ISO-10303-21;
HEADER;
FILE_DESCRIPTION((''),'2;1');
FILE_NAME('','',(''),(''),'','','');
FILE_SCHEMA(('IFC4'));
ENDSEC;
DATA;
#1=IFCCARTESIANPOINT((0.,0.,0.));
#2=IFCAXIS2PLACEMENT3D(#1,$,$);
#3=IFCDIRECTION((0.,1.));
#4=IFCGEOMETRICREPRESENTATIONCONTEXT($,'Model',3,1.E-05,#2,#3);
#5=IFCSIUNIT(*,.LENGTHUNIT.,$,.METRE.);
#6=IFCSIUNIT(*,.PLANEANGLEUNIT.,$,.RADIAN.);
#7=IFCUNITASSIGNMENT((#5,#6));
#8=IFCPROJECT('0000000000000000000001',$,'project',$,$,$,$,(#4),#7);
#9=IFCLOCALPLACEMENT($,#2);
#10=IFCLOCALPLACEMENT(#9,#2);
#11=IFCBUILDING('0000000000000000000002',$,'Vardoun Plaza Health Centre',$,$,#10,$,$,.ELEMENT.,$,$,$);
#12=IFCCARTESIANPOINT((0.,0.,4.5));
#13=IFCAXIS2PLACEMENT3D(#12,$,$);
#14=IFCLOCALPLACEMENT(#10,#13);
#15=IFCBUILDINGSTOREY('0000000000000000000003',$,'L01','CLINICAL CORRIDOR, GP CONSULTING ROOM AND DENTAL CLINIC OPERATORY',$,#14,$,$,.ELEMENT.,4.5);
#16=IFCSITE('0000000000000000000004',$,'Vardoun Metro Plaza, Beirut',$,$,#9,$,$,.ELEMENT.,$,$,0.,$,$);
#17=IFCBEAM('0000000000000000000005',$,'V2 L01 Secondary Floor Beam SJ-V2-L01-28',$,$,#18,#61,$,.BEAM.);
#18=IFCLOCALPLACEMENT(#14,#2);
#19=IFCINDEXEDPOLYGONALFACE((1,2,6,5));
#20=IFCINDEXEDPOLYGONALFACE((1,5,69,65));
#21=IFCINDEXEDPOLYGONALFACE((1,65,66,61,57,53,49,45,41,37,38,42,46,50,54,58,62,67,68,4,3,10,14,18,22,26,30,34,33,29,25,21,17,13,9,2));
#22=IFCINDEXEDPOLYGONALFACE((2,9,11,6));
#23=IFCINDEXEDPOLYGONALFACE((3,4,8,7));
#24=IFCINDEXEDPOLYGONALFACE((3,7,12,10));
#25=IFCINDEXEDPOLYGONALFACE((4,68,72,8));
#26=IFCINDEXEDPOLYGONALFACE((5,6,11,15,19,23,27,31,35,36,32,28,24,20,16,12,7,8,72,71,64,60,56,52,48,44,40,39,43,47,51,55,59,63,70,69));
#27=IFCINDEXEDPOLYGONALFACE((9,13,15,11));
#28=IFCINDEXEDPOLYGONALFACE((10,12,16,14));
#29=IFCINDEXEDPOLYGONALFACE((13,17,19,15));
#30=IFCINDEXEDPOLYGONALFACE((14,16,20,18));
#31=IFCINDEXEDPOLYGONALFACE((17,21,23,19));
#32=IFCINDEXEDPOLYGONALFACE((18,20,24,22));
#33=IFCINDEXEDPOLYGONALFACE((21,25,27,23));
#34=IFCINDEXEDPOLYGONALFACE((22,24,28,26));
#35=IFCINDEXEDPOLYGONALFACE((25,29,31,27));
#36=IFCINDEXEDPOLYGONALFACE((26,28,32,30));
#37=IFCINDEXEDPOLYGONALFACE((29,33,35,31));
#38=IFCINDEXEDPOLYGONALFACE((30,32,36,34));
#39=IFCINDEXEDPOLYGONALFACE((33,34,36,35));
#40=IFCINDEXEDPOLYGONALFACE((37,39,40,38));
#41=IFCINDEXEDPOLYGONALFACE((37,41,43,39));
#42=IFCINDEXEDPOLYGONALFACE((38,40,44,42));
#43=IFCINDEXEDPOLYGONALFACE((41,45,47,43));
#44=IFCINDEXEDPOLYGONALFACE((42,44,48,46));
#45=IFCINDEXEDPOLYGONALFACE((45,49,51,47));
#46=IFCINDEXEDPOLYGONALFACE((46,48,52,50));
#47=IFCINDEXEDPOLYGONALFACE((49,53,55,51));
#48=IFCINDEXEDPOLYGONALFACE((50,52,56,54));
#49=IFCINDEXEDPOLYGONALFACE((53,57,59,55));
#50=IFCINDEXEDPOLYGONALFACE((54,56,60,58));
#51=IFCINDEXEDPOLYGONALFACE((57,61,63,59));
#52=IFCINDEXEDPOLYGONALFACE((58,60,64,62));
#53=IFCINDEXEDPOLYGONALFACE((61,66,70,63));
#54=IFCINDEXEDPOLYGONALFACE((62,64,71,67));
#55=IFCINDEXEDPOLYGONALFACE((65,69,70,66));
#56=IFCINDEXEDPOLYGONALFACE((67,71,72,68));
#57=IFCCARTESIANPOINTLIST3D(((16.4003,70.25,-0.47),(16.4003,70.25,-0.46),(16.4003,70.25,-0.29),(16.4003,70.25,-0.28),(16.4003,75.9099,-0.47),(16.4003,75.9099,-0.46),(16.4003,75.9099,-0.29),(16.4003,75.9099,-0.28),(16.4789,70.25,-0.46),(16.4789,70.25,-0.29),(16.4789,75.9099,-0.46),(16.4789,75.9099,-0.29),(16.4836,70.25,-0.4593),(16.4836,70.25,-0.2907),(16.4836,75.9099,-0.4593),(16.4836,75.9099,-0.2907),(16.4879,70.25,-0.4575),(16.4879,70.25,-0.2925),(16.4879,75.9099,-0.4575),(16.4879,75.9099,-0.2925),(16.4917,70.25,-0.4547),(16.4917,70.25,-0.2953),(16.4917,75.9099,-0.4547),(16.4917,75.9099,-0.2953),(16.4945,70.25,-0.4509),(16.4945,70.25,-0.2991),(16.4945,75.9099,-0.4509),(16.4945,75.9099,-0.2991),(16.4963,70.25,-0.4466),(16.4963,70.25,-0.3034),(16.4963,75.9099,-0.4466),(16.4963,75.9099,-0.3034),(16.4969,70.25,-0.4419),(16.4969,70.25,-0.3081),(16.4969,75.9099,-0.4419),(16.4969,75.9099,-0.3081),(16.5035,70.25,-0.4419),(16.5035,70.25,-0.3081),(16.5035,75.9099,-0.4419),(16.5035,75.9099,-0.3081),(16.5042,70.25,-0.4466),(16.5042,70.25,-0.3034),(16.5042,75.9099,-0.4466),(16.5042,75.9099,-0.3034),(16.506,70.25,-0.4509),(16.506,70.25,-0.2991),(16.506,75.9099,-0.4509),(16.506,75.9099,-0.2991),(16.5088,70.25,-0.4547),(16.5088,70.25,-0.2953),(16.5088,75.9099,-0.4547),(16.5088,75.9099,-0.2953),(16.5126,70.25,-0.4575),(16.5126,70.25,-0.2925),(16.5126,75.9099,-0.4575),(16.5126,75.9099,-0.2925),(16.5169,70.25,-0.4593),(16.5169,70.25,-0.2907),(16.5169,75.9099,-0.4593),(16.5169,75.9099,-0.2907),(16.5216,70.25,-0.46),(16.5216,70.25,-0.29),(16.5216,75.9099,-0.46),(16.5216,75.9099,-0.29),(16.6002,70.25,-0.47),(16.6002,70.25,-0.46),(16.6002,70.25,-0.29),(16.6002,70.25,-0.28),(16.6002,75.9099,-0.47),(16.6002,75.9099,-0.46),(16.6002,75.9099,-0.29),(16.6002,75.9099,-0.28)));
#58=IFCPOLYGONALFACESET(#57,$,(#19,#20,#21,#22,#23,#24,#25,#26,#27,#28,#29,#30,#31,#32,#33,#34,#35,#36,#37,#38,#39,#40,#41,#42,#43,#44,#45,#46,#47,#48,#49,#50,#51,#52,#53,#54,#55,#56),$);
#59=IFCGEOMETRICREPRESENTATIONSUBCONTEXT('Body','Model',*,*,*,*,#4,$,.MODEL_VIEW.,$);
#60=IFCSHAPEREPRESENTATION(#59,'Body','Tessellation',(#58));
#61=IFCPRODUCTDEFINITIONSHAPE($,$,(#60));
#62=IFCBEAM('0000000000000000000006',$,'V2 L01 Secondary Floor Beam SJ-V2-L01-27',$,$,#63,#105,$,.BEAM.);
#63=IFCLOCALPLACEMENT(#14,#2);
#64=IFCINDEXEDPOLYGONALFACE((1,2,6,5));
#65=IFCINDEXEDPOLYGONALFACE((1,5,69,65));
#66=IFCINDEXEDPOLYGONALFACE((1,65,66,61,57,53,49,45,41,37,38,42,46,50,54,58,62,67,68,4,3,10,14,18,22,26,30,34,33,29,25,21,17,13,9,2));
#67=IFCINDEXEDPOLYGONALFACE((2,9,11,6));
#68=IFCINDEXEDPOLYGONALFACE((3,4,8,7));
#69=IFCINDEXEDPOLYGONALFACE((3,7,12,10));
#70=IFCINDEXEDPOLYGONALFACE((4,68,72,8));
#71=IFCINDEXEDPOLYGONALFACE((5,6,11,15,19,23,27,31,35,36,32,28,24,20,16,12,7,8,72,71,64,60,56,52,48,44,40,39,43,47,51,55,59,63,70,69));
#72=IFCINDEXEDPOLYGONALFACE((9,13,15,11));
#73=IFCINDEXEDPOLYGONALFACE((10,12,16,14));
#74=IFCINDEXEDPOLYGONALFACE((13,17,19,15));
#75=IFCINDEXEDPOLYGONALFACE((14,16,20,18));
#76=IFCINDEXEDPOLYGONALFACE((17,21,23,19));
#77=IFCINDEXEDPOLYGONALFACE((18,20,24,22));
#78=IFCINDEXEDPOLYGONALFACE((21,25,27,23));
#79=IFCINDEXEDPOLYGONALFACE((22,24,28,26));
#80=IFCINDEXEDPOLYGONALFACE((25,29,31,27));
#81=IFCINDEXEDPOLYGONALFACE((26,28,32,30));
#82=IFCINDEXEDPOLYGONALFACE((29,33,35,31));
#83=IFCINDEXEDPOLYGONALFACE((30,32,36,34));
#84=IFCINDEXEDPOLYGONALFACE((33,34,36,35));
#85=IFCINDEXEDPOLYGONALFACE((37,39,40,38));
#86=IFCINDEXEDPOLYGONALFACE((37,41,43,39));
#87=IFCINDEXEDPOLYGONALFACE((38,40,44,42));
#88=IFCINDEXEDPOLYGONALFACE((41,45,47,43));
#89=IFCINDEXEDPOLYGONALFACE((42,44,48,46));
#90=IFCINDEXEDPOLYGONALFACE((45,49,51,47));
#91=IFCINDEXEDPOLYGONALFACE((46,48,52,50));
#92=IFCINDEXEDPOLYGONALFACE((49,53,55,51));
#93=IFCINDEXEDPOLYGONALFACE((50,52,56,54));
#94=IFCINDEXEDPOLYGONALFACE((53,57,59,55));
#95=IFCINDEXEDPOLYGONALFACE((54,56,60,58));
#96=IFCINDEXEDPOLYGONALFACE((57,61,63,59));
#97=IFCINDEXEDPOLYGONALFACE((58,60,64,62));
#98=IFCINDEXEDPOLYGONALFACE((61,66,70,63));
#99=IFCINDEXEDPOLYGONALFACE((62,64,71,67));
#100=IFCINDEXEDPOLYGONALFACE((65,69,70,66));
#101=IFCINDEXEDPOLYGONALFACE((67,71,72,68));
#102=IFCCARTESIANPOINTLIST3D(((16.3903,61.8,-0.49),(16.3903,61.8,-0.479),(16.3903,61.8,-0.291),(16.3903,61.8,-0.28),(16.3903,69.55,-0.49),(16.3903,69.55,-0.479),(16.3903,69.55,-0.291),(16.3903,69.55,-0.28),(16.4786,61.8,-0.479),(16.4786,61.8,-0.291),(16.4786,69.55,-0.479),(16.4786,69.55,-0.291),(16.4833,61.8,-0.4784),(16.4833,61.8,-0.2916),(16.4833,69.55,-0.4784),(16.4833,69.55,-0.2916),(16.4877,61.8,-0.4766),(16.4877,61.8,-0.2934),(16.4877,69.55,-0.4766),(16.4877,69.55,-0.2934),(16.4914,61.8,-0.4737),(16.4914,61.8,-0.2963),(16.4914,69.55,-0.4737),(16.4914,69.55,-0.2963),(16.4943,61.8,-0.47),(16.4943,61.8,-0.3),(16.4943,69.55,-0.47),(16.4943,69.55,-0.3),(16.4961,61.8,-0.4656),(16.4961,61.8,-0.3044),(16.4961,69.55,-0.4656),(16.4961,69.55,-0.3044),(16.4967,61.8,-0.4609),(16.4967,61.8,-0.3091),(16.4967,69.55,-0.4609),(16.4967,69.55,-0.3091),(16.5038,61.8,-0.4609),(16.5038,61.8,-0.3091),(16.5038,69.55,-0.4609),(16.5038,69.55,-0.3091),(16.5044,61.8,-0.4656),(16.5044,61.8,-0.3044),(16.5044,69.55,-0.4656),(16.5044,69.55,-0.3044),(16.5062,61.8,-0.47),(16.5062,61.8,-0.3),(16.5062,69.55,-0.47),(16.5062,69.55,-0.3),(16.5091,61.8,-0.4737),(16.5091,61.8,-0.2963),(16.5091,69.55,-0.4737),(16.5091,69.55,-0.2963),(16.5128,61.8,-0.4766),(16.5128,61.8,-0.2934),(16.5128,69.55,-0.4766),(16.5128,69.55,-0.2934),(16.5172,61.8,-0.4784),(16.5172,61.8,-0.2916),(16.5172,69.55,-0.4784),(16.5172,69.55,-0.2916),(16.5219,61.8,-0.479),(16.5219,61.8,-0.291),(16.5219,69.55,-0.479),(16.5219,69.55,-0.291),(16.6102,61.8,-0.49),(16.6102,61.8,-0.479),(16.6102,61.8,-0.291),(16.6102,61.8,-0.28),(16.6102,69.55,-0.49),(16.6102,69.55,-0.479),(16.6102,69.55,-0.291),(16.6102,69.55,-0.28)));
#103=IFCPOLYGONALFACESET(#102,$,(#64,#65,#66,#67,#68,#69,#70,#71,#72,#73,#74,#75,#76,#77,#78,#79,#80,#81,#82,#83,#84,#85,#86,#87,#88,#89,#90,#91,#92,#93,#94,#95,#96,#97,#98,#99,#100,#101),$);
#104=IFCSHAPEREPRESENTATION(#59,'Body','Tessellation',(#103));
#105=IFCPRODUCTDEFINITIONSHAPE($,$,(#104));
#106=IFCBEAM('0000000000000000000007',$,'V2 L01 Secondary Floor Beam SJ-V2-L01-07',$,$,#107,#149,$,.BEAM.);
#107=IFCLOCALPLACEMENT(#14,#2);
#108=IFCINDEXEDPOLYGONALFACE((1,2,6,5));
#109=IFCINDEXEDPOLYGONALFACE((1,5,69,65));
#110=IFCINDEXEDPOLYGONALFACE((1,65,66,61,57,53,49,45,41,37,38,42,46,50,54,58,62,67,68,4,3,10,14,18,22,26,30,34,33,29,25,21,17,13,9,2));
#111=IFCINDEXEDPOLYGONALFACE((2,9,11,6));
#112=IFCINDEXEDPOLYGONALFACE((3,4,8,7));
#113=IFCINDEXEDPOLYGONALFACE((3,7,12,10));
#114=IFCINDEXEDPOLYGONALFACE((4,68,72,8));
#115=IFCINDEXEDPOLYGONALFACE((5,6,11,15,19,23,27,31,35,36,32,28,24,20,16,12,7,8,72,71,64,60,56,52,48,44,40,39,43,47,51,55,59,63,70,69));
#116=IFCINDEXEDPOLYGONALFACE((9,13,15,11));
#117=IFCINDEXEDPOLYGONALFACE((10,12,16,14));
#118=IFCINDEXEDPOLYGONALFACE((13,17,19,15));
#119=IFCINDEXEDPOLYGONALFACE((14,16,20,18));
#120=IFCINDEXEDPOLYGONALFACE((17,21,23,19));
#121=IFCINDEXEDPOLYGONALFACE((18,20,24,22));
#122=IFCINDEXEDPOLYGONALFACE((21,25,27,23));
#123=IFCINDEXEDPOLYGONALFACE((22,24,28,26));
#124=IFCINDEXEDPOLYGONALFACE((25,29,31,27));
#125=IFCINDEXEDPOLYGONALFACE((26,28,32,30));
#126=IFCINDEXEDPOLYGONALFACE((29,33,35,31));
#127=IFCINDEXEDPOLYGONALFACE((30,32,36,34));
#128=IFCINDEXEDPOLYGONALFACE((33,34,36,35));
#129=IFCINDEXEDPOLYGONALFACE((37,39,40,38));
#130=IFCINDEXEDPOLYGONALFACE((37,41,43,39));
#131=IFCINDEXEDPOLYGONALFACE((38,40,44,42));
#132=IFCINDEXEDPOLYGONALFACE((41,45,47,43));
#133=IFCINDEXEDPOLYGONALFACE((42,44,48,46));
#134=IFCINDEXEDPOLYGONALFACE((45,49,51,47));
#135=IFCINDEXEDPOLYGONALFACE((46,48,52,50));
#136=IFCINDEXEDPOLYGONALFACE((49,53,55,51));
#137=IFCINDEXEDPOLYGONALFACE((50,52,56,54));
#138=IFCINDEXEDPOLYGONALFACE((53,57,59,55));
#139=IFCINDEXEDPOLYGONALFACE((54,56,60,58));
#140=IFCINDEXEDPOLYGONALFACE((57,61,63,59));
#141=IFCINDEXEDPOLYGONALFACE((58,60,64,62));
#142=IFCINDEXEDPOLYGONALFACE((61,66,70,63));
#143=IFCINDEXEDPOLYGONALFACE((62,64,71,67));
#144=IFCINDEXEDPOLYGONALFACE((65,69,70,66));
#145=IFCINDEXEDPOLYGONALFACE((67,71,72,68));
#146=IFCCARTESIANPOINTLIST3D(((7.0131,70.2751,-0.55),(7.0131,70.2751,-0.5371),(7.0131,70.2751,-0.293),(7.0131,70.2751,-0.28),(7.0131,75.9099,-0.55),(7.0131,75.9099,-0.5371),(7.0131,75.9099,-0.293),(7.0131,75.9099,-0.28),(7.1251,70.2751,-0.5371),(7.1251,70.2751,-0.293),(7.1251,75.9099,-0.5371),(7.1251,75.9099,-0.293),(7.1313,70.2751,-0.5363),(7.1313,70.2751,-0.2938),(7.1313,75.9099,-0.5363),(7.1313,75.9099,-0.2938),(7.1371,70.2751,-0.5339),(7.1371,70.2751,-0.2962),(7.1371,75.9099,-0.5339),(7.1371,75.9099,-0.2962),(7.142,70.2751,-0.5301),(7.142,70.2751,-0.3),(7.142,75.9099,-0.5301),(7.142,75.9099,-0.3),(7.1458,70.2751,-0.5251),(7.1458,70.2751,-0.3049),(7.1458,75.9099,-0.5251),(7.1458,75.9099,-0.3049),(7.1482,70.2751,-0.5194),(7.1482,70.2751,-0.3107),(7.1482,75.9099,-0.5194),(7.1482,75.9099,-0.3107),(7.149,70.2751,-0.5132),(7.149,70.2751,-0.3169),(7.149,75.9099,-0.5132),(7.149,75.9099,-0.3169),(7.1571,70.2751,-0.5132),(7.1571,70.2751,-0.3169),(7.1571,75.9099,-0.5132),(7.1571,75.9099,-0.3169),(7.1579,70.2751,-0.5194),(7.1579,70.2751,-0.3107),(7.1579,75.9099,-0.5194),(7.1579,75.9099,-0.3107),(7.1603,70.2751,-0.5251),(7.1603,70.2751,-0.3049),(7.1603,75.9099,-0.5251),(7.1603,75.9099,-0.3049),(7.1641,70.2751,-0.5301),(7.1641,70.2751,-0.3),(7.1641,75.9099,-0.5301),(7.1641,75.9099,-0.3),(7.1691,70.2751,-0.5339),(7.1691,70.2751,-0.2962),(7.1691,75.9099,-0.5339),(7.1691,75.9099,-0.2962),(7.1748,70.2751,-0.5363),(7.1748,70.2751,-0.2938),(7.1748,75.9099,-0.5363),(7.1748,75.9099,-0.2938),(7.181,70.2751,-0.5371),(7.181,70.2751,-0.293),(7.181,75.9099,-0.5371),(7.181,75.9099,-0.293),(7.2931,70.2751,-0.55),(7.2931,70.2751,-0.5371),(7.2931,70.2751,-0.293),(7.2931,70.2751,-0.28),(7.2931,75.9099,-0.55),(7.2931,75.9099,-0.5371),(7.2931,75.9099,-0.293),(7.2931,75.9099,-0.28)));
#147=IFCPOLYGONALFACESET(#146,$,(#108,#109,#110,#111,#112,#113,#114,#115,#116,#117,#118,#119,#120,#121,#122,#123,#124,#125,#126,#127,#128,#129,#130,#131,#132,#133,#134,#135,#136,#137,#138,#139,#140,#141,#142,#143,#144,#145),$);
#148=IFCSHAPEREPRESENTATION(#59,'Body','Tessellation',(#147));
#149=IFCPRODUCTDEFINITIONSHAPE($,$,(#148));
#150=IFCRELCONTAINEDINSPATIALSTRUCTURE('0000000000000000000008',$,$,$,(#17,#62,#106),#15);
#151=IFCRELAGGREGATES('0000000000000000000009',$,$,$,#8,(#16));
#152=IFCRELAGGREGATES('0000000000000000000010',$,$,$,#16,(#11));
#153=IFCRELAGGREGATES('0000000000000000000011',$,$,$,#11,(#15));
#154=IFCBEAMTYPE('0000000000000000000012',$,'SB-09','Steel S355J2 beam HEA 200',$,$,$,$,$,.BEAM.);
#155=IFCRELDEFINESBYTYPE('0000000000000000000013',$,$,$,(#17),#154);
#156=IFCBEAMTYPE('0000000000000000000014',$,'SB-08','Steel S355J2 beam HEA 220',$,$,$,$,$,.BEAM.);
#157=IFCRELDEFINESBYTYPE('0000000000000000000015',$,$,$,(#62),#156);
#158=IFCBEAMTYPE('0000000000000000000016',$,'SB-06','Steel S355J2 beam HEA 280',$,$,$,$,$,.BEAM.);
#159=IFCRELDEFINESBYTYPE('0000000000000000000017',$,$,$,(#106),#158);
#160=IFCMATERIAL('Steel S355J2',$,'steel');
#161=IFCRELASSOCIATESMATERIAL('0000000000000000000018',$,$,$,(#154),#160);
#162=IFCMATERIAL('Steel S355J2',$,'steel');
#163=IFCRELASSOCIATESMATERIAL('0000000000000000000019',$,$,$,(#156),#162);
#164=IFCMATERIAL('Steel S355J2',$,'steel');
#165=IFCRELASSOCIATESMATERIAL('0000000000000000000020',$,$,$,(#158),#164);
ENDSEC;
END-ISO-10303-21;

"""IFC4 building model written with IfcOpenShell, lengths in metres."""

from ifc_helpers import new_model, si_unit, direction, frame, origin, origin_2d, place, context, subcontext, project, spatial, i_section, extrude, material, material_profile, profile_set, type_object, element, save


model = new_model("IFC4")

# Units and contexts
model_context = context("Model", 3, precision=1e-05, world=origin(), true_north=direction((0.0, 1.0)))
body_context = subcontext(model_context, "Body", "Model", "MODEL_VIEW")
ifc_project = project(units=[si_unit("LENGTHUNIT", "METRE"), si_unit("PLANEANGLEUNIT", "RADIAN")], contexts=[model_context])

# Site, building, storey
site_placement = place(None, origin())
site = spatial("IfcSite", under=ifc_project, at=site_placement, Name="Vardoun Metro Plaza, Beirut", CompositionType="ELEMENT", RefElevation=0.0)
building_placement = place(site_placement, origin())
building = spatial("IfcBuilding", under=site, at=building_placement, Name="Vardoun Plaza Health Centre", CompositionType="ELEMENT")
storey_placement = place(building_placement, frame((0.0, 0.0, 4.5)))
storey = spatial("IfcBuildingStorey", under=building, at=storey_placement, Name="L01", Description="CLINICAL CORRIDOR, GP CONSULTING ROOM AND DENTAL CLINIC OPERATORY", CompositionType="ELEMENT", Elevation=4.5)

# Beams
ifc_material_1 = material(Name="Steel S355J2", Category="steel")
ifc_material_profile_1 = material_profile(ifc_material_1, i_section(OverallWidth=0.2, OverallDepth=0.1899, WebThickness=0.0066, FlangeThickness=0.01, FilletRadius=0.0181, at=origin_2d()), Name="HEA 200")
ifc_profile_set_1 = profile_set([ifc_material_profile_1], Name="Steel S355J2")
beam_type_1 = type_object("IfcBeamType", Name="SB-09", Description="Steel S355J2 beam HEA 200", PredefinedType="BEAM", material=ifc_profile_set_1)
beam_1_placement = place(storey_placement, frame((16.5002, 70.25, -0.375), z_axis=(0.0, 1.0, 0.0), x_axis=(-1.0, 0.0, 0.0)))
element("IfcBeam", 1, at=beam_1_placement, inside=storey, type_object=beam_type_1, Name="V2 L01 Secondary Floor Beam SJ-V2-L01-28", PredefinedType="BEAM", context=body_context, shape_type="SweptSolid", body=[
    extrude(i_section(OverallWidth=0.2, OverallDepth=0.1899, WebThickness=0.0066, FlangeThickness=0.01, FilletRadius=0.0181, at=origin_2d()), origin(), (0.0, 0.0, 1.0), 5.6599),
])
ifc_material_2 = material(Name="Steel S355J2", Category="steel")
ifc_material_profile_2 = material_profile(ifc_material_2, i_section(OverallWidth=0.22, OverallDepth=0.21, WebThickness=0.0071, FlangeThickness=0.011, FilletRadius=0.0181, at=origin_2d()), Name="HEA 220")
ifc_profile_set_2 = profile_set([ifc_material_profile_2], Name="Steel S355J2")
beam_type_2 = type_object("IfcBeamType", Name="SB-08", Description="Steel S355J2 beam HEA 220", PredefinedType="BEAM", material=ifc_profile_set_2)
beam_2_placement = place(storey_placement, frame((16.5002, 61.8, -0.385), z_axis=(0.0, 1.0, 0.0), x_axis=(-1.0, 0.0, 0.0)))
element("IfcBeam", 2, at=beam_2_placement, inside=storey, type_object=beam_type_2, Name="V2 L01 Secondary Floor Beam SJ-V2-L01-27", PredefinedType="BEAM", context=body_context, shape_type="SweptSolid", body=[
    extrude(i_section(OverallWidth=0.22, OverallDepth=0.21, WebThickness=0.0071, FlangeThickness=0.011, FilletRadius=0.0181, at=origin_2d()), origin(), (0.0, 0.0, 1.0), 7.75),
])
ifc_material_3 = material(Name="Steel S355J2", Category="steel")
ifc_material_profile_3 = material_profile(ifc_material_3, i_section(OverallWidth=0.28, OverallDepth=0.27, WebThickness=0.0081, FlangeThickness=0.0129, FilletRadius=0.0239, at=origin_2d()), Name="HEA 280")
ifc_profile_set_3 = profile_set([ifc_material_profile_3], Name="Steel S355J2")
beam_type_3 = type_object("IfcBeamType", Name="SB-06", Description="Steel S355J2 beam HEA 280", PredefinedType="BEAM", material=ifc_profile_set_3)
beam_3_placement = place(storey_placement, frame((7.1531, 70.2751, -0.415), z_axis=(0.0, 1.0, 0.0), x_axis=(-1.0, 0.0, 0.0)))
element("IfcBeam", 3, at=beam_3_placement, inside=storey, type_object=beam_type_3, Name="V2 L01 Secondary Floor Beam SJ-V2-L01-07", PredefinedType="BEAM", context=body_context, shape_type="SweptSolid", body=[
    extrude(i_section(OverallWidth=0.28, OverallDepth=0.27, WebThickness=0.0081, FlangeThickness=0.0129, FilletRadius=0.0239, at=origin_2d()), origin(), (0.0, 0.0, 1.0), 5.6348),
])

save(model, "model.ifc")
